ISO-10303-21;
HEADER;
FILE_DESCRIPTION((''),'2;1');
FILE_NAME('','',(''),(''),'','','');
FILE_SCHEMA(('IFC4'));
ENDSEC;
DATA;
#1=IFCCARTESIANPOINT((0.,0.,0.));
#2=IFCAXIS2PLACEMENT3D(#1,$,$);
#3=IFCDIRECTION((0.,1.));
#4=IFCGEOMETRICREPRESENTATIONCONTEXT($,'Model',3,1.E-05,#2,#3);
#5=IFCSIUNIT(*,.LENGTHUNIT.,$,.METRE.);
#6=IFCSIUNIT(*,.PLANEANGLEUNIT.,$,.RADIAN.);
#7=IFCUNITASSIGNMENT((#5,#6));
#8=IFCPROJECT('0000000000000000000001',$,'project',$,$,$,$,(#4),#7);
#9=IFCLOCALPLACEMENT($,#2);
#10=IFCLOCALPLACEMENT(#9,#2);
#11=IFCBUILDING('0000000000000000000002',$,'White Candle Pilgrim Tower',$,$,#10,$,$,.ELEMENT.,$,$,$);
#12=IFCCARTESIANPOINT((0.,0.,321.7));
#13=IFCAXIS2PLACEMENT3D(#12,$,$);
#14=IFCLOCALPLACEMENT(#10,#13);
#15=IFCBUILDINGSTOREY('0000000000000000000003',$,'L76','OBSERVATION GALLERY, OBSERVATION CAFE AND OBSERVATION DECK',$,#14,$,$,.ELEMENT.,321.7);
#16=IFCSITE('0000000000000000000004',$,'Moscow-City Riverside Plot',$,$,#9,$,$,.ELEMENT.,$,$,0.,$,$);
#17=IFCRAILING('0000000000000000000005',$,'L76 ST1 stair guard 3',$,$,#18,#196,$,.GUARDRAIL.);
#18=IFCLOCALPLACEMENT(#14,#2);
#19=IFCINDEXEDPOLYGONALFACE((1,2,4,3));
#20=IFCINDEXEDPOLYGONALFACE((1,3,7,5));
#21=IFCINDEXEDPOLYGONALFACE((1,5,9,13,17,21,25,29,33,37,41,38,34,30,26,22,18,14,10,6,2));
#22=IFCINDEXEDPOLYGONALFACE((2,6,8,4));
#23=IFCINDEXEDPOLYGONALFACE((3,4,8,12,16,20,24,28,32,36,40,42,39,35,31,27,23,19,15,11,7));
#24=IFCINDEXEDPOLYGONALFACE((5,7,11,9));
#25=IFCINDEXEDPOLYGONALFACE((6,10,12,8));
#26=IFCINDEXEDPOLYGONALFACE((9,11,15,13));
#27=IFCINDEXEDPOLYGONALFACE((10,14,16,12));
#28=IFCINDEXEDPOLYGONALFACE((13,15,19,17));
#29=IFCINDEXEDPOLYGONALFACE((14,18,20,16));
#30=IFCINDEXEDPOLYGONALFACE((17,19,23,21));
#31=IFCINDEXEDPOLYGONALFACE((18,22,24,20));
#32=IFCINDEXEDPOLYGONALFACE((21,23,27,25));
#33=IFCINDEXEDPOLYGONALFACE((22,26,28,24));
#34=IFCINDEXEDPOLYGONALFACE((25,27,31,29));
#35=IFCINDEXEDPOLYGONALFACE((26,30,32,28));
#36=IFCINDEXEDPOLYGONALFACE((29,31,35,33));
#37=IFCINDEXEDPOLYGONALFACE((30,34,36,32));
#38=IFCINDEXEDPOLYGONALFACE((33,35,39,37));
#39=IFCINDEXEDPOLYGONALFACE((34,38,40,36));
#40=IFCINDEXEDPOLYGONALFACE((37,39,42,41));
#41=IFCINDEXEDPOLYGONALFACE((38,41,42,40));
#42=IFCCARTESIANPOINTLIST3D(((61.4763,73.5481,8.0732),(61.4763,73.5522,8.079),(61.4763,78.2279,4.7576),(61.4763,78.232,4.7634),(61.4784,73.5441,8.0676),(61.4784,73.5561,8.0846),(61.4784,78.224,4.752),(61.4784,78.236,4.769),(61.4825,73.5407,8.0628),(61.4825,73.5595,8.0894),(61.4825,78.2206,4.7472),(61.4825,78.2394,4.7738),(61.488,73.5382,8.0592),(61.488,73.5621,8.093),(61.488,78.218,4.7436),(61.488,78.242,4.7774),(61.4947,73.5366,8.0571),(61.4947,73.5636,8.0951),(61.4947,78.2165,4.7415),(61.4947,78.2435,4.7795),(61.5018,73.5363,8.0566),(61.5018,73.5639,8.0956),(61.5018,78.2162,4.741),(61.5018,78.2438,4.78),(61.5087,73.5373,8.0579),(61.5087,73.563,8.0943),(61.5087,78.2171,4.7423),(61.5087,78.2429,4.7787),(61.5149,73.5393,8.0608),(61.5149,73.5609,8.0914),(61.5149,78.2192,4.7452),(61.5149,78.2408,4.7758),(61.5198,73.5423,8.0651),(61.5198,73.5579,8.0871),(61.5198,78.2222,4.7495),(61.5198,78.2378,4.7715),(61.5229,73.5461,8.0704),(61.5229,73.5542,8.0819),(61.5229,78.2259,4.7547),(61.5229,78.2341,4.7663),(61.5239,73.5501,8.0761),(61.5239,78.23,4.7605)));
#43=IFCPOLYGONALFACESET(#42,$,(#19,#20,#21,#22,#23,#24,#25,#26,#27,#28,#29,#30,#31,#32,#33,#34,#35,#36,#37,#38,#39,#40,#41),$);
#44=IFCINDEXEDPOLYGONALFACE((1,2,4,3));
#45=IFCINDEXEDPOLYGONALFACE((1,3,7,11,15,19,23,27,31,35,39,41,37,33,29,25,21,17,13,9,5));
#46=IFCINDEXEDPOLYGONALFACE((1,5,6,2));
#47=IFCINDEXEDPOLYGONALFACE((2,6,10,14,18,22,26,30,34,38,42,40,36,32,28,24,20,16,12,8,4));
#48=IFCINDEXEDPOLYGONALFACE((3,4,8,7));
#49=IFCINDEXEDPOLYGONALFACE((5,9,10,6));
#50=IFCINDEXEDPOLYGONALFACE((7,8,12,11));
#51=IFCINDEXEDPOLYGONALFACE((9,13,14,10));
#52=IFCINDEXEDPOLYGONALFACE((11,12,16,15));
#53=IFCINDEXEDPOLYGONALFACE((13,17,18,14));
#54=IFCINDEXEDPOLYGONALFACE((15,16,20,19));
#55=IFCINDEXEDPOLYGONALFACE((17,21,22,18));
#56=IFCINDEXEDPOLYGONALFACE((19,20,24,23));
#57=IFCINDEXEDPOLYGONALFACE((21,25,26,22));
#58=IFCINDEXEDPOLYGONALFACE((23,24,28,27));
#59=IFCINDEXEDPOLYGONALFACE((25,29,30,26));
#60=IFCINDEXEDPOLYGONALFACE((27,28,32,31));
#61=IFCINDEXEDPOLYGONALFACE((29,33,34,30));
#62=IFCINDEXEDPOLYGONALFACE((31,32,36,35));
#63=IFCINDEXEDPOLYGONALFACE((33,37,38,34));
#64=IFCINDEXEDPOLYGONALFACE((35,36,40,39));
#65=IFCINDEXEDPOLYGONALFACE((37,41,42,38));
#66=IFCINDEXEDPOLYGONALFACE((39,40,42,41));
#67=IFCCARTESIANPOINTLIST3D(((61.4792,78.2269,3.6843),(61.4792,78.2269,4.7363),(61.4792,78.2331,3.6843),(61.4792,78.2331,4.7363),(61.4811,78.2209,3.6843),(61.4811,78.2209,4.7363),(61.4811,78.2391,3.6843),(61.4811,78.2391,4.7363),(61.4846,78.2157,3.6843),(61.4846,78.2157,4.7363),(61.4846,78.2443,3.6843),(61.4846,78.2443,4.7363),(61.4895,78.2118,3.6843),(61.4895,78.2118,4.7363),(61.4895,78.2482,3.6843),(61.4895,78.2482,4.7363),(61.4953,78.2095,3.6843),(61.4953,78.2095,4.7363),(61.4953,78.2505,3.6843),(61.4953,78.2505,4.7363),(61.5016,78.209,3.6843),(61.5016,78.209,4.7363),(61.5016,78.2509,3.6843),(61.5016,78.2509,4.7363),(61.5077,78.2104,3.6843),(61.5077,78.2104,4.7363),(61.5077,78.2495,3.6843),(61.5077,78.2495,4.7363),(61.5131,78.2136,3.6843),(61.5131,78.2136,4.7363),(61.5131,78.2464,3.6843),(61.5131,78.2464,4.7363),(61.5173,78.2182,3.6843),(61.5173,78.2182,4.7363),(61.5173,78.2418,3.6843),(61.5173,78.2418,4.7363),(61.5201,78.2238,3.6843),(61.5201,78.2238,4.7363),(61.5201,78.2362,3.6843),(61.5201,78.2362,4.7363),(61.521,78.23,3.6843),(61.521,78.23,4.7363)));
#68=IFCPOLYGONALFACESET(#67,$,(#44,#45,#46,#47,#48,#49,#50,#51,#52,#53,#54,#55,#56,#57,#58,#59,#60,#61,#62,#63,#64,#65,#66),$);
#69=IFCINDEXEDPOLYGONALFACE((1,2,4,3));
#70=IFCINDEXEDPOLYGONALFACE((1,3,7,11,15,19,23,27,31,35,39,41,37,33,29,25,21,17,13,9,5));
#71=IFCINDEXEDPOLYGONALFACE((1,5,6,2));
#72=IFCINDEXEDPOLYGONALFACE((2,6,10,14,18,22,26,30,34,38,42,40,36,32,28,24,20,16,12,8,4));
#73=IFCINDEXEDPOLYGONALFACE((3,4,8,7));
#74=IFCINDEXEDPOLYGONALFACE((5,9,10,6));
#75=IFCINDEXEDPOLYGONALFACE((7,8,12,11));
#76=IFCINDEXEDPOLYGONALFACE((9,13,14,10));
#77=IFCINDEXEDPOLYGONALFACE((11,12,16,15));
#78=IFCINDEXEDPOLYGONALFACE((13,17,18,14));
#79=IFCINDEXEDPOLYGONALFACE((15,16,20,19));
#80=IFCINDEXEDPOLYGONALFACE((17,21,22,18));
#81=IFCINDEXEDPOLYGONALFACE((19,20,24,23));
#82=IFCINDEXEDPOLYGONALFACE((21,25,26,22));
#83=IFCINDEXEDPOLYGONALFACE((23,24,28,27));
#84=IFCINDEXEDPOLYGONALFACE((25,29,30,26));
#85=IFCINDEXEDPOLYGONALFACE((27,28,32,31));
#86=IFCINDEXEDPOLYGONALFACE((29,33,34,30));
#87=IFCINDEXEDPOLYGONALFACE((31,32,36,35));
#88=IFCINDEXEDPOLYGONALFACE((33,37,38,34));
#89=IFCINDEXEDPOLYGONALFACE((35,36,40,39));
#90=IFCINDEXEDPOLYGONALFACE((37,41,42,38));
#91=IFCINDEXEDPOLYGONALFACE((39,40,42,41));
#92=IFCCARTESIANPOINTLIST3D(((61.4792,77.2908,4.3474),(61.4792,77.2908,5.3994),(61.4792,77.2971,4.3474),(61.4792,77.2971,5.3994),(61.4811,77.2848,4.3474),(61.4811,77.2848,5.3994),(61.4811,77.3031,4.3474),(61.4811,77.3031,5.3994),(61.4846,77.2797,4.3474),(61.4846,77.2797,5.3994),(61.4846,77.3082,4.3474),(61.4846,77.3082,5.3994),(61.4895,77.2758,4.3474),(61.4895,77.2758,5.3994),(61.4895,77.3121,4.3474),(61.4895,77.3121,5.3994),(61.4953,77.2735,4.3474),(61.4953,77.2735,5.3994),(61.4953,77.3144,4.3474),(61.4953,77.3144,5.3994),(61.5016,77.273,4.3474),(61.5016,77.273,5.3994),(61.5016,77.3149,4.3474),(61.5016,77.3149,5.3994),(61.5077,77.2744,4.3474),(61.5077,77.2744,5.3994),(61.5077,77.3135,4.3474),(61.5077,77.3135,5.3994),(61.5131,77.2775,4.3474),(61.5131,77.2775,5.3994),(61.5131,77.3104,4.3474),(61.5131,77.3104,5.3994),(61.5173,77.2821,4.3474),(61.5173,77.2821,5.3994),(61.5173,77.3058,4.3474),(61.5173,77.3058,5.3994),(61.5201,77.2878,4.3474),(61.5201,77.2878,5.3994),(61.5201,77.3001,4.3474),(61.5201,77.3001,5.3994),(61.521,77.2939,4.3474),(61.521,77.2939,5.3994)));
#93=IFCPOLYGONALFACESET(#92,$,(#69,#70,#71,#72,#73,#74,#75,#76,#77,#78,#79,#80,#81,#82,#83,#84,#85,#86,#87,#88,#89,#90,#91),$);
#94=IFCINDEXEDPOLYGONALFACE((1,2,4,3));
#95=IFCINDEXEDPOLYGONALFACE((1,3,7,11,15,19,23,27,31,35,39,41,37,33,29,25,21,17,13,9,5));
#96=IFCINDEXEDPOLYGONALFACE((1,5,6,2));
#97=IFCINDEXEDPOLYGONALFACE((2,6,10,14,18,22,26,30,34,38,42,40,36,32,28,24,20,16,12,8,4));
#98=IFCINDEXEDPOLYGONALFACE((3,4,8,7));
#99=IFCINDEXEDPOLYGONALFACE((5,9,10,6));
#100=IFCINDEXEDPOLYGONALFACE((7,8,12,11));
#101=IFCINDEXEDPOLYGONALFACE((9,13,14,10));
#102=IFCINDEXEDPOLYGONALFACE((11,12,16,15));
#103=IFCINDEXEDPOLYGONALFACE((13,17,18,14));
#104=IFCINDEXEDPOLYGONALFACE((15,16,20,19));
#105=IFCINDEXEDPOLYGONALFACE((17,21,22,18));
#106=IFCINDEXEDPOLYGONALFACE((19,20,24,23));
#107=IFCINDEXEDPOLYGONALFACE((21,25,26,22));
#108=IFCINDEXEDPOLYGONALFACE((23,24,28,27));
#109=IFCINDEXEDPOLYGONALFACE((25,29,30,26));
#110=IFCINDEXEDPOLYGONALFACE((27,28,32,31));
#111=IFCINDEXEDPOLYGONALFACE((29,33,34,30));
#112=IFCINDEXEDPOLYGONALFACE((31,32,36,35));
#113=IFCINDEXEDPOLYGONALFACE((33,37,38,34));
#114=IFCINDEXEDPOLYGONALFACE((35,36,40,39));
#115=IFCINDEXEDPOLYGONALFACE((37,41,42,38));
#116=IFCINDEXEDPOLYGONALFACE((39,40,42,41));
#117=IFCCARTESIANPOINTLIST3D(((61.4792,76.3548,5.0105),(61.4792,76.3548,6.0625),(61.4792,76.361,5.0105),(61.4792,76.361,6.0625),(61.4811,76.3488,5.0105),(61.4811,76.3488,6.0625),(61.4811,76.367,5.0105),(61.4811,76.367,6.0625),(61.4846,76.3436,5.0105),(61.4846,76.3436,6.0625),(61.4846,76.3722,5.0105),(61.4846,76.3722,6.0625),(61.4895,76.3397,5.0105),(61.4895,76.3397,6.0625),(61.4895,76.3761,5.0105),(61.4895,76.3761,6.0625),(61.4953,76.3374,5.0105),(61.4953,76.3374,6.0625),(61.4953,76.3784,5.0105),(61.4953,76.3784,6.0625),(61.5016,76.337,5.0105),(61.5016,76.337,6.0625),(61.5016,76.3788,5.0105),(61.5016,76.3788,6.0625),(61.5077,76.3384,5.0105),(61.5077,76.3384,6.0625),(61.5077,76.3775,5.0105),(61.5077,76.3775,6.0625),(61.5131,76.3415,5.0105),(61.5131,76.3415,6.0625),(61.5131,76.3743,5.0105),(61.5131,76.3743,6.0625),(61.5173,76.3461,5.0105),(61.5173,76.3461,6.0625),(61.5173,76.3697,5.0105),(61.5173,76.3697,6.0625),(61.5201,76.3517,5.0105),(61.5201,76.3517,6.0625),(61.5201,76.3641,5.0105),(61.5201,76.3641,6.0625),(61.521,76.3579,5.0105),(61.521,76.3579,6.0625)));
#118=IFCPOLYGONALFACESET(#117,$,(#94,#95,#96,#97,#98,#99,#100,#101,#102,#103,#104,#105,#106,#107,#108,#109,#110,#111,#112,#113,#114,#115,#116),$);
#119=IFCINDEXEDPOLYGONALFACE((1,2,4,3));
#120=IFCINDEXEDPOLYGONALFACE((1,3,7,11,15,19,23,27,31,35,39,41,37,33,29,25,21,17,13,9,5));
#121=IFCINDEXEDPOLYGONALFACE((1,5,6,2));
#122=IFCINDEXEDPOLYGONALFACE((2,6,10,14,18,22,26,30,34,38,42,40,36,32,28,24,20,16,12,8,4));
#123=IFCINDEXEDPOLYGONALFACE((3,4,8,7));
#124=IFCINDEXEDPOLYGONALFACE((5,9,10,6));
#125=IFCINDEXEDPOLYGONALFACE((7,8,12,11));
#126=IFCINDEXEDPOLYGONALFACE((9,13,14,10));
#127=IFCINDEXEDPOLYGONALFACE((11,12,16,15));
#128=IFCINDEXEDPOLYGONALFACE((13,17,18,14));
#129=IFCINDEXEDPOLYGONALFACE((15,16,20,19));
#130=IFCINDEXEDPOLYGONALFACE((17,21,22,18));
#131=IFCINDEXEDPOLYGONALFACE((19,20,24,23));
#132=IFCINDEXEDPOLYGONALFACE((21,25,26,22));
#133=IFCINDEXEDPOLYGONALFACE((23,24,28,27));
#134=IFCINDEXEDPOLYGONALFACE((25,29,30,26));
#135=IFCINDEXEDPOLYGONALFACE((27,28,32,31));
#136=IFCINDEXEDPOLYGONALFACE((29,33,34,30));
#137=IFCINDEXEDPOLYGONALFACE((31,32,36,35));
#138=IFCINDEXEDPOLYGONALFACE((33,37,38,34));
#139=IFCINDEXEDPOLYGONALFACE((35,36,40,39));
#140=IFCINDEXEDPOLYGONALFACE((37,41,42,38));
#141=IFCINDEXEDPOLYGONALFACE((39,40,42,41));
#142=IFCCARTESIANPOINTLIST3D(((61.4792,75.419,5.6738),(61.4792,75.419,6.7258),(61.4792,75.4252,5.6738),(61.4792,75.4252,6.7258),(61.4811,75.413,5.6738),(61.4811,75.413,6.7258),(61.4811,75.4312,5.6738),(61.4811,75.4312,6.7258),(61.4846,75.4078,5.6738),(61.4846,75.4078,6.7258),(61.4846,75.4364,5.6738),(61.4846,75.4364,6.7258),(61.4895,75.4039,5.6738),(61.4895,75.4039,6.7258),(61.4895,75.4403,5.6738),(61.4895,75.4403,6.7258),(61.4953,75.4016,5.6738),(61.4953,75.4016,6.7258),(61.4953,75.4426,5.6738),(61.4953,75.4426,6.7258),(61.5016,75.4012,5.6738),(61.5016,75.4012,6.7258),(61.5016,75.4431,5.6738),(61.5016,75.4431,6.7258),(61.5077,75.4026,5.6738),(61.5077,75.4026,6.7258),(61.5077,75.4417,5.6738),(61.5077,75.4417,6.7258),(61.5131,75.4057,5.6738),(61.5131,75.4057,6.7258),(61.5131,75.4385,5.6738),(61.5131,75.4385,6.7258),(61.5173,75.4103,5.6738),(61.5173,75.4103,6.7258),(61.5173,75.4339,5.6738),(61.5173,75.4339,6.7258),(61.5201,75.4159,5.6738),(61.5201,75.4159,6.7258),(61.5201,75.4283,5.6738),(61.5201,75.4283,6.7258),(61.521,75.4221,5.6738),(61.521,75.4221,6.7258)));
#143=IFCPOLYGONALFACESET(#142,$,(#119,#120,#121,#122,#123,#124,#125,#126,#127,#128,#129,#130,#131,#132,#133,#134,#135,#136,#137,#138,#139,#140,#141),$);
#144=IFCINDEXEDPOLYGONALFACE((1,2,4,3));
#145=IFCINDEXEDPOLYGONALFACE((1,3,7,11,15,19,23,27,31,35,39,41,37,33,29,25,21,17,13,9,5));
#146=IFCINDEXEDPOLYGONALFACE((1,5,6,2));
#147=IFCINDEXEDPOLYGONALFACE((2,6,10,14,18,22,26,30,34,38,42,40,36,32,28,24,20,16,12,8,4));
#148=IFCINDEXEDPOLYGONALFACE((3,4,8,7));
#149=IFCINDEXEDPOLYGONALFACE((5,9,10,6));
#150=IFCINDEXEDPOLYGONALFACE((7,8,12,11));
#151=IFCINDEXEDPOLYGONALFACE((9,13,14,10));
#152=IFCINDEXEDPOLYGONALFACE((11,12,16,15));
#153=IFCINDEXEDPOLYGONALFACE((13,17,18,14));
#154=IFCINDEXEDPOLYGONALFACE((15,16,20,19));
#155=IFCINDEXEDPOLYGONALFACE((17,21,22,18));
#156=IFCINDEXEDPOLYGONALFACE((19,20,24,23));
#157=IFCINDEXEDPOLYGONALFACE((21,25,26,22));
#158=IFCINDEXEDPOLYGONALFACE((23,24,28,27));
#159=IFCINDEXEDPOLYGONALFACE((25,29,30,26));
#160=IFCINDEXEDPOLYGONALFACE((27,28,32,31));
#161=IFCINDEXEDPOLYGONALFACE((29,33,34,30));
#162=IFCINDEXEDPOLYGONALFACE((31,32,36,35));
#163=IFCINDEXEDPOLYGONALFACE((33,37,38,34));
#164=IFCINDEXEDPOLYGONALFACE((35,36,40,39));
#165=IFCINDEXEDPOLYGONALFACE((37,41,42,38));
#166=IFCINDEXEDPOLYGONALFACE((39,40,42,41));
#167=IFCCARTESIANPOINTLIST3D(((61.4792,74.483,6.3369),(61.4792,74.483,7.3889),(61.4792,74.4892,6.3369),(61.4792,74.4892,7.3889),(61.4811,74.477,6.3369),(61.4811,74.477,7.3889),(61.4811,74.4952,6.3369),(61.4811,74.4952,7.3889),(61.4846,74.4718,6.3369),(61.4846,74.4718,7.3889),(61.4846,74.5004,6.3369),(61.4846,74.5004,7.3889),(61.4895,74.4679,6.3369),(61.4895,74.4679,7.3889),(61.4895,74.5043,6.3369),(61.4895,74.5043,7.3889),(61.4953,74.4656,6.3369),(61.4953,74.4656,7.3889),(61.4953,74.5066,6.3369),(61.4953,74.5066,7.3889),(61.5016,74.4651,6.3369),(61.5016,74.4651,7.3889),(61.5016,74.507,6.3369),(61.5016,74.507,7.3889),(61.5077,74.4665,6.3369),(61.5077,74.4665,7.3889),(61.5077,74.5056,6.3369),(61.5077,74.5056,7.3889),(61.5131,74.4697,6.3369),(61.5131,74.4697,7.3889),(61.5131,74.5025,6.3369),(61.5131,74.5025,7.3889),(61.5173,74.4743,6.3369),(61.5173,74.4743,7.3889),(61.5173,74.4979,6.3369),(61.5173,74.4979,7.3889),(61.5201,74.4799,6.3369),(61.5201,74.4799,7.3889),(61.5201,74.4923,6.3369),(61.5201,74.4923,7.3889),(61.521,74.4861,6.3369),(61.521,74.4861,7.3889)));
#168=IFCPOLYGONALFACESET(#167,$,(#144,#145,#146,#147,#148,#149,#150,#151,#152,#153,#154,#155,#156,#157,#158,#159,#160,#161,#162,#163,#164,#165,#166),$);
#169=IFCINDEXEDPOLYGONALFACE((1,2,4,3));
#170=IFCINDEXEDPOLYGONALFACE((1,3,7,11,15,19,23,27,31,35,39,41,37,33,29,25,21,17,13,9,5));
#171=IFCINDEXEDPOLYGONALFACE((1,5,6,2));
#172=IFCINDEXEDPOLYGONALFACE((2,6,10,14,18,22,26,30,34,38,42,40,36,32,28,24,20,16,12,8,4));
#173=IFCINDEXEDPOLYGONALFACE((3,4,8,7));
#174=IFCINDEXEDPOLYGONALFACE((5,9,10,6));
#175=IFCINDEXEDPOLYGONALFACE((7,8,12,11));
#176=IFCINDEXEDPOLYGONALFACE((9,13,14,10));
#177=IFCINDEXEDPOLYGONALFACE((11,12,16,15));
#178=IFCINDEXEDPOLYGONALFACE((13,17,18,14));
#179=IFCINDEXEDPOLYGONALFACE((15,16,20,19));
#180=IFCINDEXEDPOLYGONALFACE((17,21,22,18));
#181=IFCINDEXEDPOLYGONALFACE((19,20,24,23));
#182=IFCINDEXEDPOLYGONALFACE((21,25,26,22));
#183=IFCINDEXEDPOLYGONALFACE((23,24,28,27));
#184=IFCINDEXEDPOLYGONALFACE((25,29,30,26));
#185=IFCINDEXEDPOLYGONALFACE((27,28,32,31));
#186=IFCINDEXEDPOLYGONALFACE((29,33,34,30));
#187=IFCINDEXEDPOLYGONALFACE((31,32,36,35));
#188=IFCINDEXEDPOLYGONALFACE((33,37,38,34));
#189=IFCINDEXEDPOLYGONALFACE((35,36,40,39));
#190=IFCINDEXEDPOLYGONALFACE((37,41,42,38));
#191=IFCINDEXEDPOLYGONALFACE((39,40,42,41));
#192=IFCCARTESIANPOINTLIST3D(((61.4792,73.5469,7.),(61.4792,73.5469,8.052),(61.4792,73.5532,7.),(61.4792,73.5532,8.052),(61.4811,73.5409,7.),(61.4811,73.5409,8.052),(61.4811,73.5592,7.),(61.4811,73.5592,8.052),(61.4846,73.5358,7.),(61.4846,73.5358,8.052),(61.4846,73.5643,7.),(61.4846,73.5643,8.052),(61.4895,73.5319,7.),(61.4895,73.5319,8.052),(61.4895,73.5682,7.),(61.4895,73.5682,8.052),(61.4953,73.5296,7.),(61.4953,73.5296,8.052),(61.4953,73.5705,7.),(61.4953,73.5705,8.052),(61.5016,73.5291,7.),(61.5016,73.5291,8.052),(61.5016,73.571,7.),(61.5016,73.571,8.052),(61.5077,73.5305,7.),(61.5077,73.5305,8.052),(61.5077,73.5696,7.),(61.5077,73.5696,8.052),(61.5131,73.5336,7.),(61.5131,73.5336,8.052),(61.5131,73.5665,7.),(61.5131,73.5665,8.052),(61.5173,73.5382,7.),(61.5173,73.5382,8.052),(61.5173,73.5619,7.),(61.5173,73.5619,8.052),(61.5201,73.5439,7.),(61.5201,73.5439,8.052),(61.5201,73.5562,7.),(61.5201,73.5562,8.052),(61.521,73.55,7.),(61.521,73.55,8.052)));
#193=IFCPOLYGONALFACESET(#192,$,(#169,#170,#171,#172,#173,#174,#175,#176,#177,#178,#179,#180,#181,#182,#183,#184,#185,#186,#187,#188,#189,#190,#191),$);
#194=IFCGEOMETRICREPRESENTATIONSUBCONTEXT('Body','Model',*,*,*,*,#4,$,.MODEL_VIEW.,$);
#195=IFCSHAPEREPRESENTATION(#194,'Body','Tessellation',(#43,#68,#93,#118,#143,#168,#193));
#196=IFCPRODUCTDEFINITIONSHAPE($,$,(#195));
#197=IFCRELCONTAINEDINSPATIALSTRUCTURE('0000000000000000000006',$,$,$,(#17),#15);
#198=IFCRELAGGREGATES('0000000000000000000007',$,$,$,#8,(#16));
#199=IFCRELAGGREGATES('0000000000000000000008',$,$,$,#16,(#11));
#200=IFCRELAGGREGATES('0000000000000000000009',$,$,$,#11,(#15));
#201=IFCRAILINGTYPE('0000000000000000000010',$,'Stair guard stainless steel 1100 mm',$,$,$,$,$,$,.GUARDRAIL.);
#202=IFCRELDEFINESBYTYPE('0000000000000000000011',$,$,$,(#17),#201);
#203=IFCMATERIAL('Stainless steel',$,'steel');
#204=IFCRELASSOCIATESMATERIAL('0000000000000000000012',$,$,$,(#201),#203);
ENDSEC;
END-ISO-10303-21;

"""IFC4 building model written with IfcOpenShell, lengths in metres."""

from ifc_helpers import new_model, si_unit, direction, frame, origin, origin_2d, place, context, subcontext, project, spatial, circle, extrude, material, type_object, element, save


model = new_model("IFC4")

# Units and contexts
model_context = context("Model", 3, precision=1e-05, world=origin(), true_north=direction((0.0, 1.0)))
body_context = subcontext(model_context, "Body", "Model", "MODEL_VIEW")
ifc_project = project(units=[si_unit("LENGTHUNIT", "METRE"), si_unit("PLANEANGLEUNIT", "RADIAN")], contexts=[model_context])

# Site, building, storey
site_placement = place(None, origin())
site = spatial("IfcSite", under=ifc_project, at=site_placement, Name="Moscow-City Riverside Plot", CompositionType="ELEMENT", RefElevation=0.0)
building_placement = place(site_placement, origin())
building = spatial("IfcBuilding", under=site, at=building_placement, Name="White Candle Pilgrim Tower", CompositionType="ELEMENT")
storey_placement = place(building_placement, frame((0.0, 0.0, 321.7)))
storey = spatial("IfcBuildingStorey", under=building, at=storey_placement, Name="L76", Description="OBSERVATION GALLERY, OBSERVATION CAFE AND OBSERVATION DECK", CompositionType="ELEMENT", Elevation=321.7)

# Railing
ifc_material_1 = material(Name="Stainless steel", Category="steel")
railing_type_1 = type_object("IfcRailingType", Name="Stair guard stainless steel 1100 mm", PredefinedType="GUARDRAIL", material=ifc_material_1)
railing_1_placement = place(storey_placement, frame((61.5, 78.23, 3.6843)))
element("IfcRailing", 1, at=railing_1_placement, inside=storey, type_object=railing_type_1, Name="L76 ST1 stair guard 3", PredefinedType="GUARDRAIL", context=body_context, shape_type="SweptSolid", body=[
    extrude(circle(Radius=0.0239, at=origin_2d()), frame((0.0, 0.0, 1.0762), z_axis=(0.0, -0.815965, 0.578101), x_axis=(1.0, 0.0, 0.0)), (0.0, 0.0, 1.0), 5.7354),
    extrude(circle(Radius=0.021, at=origin_2d()), origin(), (0.0, 0.0, 1.0), 1.052),
    extrude(circle(Radius=0.021, at=origin_2d()), frame((0.0, -0.936, 0.6631)), (0.0, 0.0, 1.0), 1.052),
    extrude(circle(Radius=0.021, at=origin_2d()), frame((0.0, -1.8721, 1.3262)), (0.0, 0.0, 1.0), 1.052),
    extrude(circle(Radius=0.021, at=origin_2d()), frame((0.0, -2.8079, 1.9895)), (0.0, 0.0, 1.0), 1.052),
    extrude(circle(Radius=0.021, at=origin_2d()), frame((0.0, -3.7439, 2.6526)), (0.0, 0.0, 1.0), 1.052),
    extrude(circle(Radius=0.021, at=origin_2d()), frame((0.0, -4.6799, 3.3157)), (0.0, 0.0, 1.0), 1.052),
])

save(model, "model.ifc")
